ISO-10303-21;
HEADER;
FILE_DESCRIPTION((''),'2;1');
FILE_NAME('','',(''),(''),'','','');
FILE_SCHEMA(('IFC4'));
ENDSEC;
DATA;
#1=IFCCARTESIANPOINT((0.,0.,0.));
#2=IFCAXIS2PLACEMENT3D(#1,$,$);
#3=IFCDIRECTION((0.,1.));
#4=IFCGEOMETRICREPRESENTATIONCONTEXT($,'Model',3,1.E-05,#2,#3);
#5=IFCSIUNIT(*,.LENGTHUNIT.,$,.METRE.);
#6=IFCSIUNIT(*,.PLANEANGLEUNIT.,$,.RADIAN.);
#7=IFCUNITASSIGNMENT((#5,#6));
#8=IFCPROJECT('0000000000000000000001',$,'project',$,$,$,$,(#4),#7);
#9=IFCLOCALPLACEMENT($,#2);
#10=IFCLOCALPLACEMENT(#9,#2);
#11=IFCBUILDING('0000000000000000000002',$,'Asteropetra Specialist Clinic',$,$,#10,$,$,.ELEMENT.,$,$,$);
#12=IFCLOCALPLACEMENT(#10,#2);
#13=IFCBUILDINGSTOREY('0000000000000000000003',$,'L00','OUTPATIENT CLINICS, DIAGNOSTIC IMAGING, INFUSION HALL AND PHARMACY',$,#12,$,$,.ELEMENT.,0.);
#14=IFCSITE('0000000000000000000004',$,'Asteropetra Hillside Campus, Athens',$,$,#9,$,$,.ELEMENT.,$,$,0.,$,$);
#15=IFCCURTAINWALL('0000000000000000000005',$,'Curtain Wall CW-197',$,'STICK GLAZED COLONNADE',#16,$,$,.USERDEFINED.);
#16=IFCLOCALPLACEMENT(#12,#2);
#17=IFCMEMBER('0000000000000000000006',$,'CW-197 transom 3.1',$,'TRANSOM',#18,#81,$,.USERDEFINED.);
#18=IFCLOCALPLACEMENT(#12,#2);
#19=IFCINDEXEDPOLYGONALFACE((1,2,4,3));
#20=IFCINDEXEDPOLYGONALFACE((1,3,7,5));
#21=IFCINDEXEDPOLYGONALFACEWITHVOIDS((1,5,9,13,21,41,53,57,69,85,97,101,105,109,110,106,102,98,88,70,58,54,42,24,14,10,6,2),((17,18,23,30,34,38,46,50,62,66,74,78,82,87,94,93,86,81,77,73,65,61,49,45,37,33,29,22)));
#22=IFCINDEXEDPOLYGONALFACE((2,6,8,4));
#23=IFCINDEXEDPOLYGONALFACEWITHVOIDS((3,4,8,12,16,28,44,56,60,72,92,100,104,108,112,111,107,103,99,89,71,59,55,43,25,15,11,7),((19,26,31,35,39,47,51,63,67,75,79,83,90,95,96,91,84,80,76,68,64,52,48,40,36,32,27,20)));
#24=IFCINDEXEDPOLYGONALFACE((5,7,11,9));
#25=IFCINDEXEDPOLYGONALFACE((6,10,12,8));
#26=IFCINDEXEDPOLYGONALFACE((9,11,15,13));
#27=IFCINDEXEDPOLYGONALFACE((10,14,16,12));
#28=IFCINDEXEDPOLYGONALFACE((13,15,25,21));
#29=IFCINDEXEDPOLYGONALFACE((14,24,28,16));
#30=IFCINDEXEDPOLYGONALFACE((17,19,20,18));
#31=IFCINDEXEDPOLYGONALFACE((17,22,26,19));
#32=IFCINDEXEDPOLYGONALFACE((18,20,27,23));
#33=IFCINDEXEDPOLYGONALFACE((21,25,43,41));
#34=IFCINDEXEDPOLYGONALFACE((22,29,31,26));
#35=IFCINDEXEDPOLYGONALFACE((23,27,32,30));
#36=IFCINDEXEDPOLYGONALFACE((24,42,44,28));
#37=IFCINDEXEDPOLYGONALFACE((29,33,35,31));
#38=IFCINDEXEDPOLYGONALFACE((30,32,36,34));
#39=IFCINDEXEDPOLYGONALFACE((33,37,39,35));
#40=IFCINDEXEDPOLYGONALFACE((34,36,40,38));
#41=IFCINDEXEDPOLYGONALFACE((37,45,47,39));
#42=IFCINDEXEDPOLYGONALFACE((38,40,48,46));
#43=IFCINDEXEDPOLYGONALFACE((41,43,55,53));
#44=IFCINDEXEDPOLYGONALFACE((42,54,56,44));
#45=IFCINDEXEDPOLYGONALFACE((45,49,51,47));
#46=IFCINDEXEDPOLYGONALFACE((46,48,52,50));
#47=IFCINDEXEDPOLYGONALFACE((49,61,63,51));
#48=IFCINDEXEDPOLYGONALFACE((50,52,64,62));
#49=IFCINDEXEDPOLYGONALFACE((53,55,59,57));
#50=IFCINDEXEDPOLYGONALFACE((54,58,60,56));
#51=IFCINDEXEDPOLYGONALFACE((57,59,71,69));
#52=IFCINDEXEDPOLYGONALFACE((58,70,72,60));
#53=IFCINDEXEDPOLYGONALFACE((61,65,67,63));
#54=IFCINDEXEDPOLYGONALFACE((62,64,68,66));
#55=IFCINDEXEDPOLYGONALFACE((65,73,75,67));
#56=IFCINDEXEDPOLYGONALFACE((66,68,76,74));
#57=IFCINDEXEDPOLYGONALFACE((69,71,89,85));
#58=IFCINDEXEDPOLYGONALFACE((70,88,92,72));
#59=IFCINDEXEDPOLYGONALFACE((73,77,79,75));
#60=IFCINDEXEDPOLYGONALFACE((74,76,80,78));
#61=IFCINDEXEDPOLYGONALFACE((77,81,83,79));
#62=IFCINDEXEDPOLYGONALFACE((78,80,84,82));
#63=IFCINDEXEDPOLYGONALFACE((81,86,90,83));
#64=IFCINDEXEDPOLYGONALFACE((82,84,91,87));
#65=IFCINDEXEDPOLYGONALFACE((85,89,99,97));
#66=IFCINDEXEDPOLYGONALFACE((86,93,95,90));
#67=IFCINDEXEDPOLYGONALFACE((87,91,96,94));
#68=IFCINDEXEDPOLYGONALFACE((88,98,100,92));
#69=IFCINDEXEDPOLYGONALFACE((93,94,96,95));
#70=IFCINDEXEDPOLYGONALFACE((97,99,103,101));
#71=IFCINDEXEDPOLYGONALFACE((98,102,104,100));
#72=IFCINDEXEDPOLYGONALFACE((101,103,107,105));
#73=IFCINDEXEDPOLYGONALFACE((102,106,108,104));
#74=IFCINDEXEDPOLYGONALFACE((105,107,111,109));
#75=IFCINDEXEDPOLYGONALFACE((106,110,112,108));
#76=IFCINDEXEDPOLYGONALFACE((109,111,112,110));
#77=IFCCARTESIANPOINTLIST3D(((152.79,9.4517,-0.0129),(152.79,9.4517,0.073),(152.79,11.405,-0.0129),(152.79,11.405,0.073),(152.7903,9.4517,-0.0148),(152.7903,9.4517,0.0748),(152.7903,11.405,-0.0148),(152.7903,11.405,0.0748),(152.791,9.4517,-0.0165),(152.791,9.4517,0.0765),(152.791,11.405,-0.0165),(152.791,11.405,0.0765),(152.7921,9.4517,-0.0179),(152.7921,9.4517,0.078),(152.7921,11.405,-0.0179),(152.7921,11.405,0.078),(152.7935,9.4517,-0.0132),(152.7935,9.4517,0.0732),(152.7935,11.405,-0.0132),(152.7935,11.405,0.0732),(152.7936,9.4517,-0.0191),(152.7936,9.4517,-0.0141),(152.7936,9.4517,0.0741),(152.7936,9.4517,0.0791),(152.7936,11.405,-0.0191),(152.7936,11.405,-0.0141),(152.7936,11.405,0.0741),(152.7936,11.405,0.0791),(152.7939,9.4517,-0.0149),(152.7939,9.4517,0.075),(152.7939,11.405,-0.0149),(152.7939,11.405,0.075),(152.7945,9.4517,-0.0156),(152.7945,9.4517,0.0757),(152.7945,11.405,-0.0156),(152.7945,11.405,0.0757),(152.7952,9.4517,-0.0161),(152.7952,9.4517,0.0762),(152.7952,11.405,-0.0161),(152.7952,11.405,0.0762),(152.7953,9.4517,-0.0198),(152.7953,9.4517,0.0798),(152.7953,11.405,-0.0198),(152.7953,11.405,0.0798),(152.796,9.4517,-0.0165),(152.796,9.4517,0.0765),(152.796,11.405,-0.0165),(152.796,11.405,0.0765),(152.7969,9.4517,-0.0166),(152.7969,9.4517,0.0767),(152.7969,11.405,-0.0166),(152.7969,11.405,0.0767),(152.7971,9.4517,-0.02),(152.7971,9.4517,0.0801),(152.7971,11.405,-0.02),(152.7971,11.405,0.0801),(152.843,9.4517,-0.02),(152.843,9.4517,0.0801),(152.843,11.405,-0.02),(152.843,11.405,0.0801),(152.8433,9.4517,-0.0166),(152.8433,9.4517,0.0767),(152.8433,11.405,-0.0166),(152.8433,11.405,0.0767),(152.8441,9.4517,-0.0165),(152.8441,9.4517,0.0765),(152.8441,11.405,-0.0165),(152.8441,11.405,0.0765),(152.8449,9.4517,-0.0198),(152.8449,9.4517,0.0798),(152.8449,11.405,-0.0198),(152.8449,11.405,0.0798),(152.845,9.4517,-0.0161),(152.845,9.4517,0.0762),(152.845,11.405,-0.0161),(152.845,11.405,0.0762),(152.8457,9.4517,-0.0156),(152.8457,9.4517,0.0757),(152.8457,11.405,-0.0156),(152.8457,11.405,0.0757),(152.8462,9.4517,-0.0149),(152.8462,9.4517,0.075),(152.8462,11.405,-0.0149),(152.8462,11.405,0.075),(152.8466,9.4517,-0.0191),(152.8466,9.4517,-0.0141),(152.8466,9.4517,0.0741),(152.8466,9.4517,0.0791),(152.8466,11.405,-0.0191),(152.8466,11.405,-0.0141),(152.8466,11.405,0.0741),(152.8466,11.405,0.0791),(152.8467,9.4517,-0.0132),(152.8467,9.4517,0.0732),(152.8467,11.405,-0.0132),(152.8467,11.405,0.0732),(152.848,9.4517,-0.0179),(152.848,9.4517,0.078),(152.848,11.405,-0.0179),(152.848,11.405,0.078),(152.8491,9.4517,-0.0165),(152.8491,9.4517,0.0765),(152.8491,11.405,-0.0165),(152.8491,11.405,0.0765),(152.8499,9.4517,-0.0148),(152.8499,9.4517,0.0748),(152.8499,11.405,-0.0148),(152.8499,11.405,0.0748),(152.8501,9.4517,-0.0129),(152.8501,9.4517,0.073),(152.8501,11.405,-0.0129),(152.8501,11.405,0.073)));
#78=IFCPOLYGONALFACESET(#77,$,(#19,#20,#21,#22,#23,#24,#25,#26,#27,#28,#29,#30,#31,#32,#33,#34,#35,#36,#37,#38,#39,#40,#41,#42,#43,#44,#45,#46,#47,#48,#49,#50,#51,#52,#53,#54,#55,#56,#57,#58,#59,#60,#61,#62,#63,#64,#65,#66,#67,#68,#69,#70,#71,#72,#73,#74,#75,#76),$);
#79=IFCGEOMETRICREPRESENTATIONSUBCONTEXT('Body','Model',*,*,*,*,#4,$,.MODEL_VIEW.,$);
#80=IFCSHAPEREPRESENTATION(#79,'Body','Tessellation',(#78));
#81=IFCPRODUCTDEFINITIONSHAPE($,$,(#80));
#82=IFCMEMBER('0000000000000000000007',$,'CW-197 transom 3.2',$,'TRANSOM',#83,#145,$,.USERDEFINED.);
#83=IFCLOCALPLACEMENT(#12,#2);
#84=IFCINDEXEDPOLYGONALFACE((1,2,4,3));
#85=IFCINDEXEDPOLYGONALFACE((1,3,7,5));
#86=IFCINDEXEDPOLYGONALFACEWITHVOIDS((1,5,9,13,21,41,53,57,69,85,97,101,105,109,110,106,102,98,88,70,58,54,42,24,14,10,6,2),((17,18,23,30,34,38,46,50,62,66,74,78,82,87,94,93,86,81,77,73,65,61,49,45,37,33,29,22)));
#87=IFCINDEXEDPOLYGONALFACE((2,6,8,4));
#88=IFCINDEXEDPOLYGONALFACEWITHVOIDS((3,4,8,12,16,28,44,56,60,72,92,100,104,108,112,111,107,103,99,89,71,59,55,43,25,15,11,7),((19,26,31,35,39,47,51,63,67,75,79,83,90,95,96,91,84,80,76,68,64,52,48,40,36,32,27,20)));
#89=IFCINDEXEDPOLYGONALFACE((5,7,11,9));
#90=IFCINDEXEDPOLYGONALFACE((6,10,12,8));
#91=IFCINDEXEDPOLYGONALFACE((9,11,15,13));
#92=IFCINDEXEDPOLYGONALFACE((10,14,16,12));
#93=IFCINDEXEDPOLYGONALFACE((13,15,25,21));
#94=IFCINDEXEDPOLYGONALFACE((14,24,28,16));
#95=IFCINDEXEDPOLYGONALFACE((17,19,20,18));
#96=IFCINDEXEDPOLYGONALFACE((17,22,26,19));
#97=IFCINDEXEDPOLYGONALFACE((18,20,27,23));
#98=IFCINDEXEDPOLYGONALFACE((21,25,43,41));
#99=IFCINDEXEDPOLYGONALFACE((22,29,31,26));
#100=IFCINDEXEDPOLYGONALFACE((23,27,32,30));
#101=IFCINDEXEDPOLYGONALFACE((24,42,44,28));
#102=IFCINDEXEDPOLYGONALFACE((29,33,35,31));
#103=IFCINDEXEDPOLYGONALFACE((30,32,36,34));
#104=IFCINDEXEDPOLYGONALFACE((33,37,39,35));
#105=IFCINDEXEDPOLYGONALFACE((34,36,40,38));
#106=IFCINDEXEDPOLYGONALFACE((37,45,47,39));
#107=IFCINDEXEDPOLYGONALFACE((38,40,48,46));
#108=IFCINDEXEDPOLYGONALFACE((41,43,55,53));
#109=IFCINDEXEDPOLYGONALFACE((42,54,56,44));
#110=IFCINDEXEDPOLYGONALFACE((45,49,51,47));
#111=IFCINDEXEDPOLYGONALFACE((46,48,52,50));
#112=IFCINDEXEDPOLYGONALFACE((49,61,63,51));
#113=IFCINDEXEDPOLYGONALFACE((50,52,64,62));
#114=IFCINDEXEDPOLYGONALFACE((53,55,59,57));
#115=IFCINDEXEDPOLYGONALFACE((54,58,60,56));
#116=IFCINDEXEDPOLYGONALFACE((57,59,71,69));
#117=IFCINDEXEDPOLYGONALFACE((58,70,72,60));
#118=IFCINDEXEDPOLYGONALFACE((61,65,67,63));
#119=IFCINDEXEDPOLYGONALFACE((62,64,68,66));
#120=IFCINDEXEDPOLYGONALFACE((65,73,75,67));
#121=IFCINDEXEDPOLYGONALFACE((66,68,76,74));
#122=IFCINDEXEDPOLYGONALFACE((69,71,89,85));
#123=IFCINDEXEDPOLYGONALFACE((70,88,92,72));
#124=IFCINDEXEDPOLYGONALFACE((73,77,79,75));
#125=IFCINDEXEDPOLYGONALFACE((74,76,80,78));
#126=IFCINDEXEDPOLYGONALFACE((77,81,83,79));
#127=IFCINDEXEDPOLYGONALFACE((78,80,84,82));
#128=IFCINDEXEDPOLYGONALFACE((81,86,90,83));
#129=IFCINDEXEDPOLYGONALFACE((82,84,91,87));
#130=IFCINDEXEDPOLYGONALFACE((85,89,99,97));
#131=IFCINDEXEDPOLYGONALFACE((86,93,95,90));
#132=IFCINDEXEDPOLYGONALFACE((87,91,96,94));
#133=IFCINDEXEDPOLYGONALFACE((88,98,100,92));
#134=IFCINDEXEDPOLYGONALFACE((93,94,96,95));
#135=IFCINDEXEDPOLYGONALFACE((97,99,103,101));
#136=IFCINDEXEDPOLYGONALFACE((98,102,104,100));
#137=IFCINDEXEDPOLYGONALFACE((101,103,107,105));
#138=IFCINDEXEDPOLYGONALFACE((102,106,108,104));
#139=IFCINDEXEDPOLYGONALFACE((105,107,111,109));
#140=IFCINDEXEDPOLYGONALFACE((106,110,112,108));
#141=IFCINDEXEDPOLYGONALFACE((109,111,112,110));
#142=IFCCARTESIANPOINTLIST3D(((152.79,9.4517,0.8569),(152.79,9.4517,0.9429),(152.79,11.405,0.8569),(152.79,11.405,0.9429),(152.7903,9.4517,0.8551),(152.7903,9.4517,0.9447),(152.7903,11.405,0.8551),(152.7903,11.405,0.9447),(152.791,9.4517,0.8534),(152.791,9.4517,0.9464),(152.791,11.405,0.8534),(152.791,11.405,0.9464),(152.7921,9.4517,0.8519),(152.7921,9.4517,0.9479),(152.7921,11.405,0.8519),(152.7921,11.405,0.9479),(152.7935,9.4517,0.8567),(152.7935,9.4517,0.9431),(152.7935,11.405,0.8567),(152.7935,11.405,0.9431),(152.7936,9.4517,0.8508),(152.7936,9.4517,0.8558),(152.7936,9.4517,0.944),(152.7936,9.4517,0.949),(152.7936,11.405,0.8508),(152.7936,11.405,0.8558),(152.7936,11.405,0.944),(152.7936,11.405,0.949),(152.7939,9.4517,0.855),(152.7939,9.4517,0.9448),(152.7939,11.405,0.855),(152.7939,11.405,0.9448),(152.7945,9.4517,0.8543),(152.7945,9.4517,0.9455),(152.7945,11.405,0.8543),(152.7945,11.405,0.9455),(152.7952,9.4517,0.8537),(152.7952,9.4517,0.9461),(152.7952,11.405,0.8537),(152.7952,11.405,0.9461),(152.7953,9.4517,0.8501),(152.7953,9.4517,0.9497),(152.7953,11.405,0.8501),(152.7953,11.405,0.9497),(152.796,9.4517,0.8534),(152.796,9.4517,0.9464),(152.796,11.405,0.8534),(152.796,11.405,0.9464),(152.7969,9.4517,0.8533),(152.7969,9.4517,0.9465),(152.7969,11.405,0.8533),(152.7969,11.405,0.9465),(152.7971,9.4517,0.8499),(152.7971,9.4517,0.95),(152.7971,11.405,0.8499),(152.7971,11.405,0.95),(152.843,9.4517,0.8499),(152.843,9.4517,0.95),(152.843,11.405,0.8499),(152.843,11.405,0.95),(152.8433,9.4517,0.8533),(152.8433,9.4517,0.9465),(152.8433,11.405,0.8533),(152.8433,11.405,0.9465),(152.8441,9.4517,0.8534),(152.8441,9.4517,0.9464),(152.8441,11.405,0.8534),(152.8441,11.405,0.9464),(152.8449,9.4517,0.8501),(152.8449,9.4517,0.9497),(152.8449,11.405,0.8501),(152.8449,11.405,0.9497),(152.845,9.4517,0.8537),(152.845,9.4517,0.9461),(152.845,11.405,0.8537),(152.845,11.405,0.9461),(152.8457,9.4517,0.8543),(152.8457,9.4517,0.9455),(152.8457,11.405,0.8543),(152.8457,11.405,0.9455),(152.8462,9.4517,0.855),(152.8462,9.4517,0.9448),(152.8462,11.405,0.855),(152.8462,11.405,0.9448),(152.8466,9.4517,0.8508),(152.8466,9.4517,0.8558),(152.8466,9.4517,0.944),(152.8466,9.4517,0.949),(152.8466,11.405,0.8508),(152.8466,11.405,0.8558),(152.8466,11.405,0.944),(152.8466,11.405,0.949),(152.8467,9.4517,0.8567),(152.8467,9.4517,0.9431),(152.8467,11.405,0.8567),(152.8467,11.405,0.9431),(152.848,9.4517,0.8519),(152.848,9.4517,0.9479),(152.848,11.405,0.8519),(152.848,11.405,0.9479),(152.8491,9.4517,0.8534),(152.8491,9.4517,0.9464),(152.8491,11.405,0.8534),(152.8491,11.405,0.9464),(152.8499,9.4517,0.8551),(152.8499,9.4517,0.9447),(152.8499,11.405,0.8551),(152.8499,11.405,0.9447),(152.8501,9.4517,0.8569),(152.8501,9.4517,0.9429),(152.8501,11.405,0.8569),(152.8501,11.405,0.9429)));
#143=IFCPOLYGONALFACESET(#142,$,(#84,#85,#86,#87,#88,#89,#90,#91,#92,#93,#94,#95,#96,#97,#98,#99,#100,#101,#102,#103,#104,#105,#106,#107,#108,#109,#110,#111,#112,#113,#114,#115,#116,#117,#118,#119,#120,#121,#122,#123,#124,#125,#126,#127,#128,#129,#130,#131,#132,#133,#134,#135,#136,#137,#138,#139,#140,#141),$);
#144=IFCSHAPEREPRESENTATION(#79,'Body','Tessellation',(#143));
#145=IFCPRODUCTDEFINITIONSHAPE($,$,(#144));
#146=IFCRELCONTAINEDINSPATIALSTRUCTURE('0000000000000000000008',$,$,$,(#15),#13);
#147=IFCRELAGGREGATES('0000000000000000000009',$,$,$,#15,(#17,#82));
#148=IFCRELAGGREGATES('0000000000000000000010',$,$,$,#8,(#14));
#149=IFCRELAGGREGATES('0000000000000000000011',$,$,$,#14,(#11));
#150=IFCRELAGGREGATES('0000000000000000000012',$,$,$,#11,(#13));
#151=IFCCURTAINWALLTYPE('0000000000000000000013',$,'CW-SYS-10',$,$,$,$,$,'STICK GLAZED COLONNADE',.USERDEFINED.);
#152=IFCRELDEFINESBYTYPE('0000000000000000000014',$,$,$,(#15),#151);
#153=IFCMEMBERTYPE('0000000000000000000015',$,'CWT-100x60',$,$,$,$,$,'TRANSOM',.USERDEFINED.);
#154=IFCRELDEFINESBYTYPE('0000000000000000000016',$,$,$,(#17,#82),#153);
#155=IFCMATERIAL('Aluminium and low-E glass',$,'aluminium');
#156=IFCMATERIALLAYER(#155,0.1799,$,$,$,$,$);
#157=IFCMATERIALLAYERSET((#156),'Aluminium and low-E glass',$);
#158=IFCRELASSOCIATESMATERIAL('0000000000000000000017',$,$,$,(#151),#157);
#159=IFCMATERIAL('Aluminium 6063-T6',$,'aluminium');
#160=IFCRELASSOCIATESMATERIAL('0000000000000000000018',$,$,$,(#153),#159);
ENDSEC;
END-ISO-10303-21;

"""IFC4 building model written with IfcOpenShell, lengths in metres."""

from ifc_helpers import new_model, si_unit, direction, frame, origin, origin_2d, place, context, subcontext, project, spatial, hollow_rectangle, extrude, material, layer, layer_set, material_profile, profile_set, type_object, element, aggregate, save


model = new_model("IFC4")

# Units and contexts
model_context = context("Model", 3, precision=1e-05, world=origin(), true_north=direction((0.0, 1.0)))
body_context = subcontext(model_context, "Body", "Model", "MODEL_VIEW")
ifc_project = project(units=[si_unit("LENGTHUNIT", "METRE"), si_unit("PLANEANGLEUNIT", "RADIAN")], contexts=[model_context])

# Site, building, storey
site_placement = place(None, origin())
site = spatial("IfcSite", under=ifc_project, at=site_placement, Name="Asteropetra Hillside Campus, Athens", CompositionType="ELEMENT", RefElevation=0.0)
building_placement = place(site_placement, origin())
building = spatial("IfcBuilding", under=site, at=building_placement, Name="Asteropetra Specialist Clinic", CompositionType="ELEMENT")
storey_placement = place(building_placement, origin())
storey = spatial("IfcBuildingStorey", under=building, at=storey_placement, Name="L00", Description="OUTPATIENT CLINICS, DIAGNOSTIC IMAGING, INFUSION HALL AND PHARMACY", CompositionType="ELEMENT", Elevation=0.0)

# Curtain wall, members
ifc_material_1 = material(Name="Aluminium and low-E glass", Category="aluminium")
ifc_layer_1 = layer(ifc_material_1, 0.1799)
ifc_layer_set_1 = layer_set([ifc_layer_1], Name="Aluminium and low-E glass")
curtain_wall_type = type_object("IfcCurtainWallType", Name="CW-SYS-10", ElementType="STICK GLAZED COLONNADE", PredefinedType="USERDEFINED", material=ifc_layer_set_1)
curtain_wall_placement = place(storey_placement, origin())
curtain_wall = element("IfcCurtainWall", 1, at=curtain_wall_placement, inside=storey, type_object=curtain_wall_type, Name="Curtain Wall CW-197", ObjectType="STICK GLAZED COLONNADE", PredefinedType="USERDEFINED")
ifc_material_2 = material(Name="Aluminium 6063-T6", Category="aluminium")
ifc_material_profile_1 = material_profile(ifc_material_2, hollow_rectangle(XDim=0.0601, YDim=0.1001, WallThickness=0.0034, InnerFilletRadius=0.0034, OuterFilletRadius=0.0071, at=origin_2d()), Name="TRN 100x60x3.5")
ifc_profile_set_1 = profile_set([ifc_material_profile_1], Name="Aluminium 6063-T6")
member_type_1 = type_object("IfcMemberType", Name="CWT-100x60", ElementType="TRANSOM", PredefinedType="USERDEFINED", material=ifc_profile_set_1)
member_1_placement = place(storey_placement, frame((152.8201, 9.4517, 0.03), z_axis=(0.0, 1.0, 0.0), x_axis=(-1.0, 0.0, 0.0)))
member_1 = element("IfcMember", 2, at=member_1_placement, type_object=member_type_1, Name="CW-197 transom 3.1", ObjectType="TRANSOM", PredefinedType="USERDEFINED", context=body_context, shape_type="SweptSolid", body=[
    extrude(hollow_rectangle(XDim=0.0601, YDim=0.1001, WallThickness=0.0034, InnerFilletRadius=0.0034, OuterFilletRadius=0.0071, at=origin_2d()), origin(), (0.0, 0.0, 1.0), 1.9534),
])
member_2_placement = place(storey_placement, frame((152.8201, 9.4517, 0.8999), z_axis=(0.0, 1.0, 0.0), x_axis=(-1.0, 0.0, 0.0)))
member_2 = element("IfcMember", 3, at=member_2_placement, type_object=member_type_1, Name="CW-197 transom 3.2", ObjectType="TRANSOM", PredefinedType="USERDEFINED", context=body_context, shape_type="SweptSolid", body=[
    extrude(hollow_rectangle(XDim=0.0601, YDim=0.1001, WallThickness=0.0034, InnerFilletRadius=0.0034, OuterFilletRadius=0.0071, at=origin_2d()), origin(), (0.0, 0.0, 1.0), 1.9534),
])
aggregate(curtain_wall, [member_1, member_2])

save(model, "model.ifc")
